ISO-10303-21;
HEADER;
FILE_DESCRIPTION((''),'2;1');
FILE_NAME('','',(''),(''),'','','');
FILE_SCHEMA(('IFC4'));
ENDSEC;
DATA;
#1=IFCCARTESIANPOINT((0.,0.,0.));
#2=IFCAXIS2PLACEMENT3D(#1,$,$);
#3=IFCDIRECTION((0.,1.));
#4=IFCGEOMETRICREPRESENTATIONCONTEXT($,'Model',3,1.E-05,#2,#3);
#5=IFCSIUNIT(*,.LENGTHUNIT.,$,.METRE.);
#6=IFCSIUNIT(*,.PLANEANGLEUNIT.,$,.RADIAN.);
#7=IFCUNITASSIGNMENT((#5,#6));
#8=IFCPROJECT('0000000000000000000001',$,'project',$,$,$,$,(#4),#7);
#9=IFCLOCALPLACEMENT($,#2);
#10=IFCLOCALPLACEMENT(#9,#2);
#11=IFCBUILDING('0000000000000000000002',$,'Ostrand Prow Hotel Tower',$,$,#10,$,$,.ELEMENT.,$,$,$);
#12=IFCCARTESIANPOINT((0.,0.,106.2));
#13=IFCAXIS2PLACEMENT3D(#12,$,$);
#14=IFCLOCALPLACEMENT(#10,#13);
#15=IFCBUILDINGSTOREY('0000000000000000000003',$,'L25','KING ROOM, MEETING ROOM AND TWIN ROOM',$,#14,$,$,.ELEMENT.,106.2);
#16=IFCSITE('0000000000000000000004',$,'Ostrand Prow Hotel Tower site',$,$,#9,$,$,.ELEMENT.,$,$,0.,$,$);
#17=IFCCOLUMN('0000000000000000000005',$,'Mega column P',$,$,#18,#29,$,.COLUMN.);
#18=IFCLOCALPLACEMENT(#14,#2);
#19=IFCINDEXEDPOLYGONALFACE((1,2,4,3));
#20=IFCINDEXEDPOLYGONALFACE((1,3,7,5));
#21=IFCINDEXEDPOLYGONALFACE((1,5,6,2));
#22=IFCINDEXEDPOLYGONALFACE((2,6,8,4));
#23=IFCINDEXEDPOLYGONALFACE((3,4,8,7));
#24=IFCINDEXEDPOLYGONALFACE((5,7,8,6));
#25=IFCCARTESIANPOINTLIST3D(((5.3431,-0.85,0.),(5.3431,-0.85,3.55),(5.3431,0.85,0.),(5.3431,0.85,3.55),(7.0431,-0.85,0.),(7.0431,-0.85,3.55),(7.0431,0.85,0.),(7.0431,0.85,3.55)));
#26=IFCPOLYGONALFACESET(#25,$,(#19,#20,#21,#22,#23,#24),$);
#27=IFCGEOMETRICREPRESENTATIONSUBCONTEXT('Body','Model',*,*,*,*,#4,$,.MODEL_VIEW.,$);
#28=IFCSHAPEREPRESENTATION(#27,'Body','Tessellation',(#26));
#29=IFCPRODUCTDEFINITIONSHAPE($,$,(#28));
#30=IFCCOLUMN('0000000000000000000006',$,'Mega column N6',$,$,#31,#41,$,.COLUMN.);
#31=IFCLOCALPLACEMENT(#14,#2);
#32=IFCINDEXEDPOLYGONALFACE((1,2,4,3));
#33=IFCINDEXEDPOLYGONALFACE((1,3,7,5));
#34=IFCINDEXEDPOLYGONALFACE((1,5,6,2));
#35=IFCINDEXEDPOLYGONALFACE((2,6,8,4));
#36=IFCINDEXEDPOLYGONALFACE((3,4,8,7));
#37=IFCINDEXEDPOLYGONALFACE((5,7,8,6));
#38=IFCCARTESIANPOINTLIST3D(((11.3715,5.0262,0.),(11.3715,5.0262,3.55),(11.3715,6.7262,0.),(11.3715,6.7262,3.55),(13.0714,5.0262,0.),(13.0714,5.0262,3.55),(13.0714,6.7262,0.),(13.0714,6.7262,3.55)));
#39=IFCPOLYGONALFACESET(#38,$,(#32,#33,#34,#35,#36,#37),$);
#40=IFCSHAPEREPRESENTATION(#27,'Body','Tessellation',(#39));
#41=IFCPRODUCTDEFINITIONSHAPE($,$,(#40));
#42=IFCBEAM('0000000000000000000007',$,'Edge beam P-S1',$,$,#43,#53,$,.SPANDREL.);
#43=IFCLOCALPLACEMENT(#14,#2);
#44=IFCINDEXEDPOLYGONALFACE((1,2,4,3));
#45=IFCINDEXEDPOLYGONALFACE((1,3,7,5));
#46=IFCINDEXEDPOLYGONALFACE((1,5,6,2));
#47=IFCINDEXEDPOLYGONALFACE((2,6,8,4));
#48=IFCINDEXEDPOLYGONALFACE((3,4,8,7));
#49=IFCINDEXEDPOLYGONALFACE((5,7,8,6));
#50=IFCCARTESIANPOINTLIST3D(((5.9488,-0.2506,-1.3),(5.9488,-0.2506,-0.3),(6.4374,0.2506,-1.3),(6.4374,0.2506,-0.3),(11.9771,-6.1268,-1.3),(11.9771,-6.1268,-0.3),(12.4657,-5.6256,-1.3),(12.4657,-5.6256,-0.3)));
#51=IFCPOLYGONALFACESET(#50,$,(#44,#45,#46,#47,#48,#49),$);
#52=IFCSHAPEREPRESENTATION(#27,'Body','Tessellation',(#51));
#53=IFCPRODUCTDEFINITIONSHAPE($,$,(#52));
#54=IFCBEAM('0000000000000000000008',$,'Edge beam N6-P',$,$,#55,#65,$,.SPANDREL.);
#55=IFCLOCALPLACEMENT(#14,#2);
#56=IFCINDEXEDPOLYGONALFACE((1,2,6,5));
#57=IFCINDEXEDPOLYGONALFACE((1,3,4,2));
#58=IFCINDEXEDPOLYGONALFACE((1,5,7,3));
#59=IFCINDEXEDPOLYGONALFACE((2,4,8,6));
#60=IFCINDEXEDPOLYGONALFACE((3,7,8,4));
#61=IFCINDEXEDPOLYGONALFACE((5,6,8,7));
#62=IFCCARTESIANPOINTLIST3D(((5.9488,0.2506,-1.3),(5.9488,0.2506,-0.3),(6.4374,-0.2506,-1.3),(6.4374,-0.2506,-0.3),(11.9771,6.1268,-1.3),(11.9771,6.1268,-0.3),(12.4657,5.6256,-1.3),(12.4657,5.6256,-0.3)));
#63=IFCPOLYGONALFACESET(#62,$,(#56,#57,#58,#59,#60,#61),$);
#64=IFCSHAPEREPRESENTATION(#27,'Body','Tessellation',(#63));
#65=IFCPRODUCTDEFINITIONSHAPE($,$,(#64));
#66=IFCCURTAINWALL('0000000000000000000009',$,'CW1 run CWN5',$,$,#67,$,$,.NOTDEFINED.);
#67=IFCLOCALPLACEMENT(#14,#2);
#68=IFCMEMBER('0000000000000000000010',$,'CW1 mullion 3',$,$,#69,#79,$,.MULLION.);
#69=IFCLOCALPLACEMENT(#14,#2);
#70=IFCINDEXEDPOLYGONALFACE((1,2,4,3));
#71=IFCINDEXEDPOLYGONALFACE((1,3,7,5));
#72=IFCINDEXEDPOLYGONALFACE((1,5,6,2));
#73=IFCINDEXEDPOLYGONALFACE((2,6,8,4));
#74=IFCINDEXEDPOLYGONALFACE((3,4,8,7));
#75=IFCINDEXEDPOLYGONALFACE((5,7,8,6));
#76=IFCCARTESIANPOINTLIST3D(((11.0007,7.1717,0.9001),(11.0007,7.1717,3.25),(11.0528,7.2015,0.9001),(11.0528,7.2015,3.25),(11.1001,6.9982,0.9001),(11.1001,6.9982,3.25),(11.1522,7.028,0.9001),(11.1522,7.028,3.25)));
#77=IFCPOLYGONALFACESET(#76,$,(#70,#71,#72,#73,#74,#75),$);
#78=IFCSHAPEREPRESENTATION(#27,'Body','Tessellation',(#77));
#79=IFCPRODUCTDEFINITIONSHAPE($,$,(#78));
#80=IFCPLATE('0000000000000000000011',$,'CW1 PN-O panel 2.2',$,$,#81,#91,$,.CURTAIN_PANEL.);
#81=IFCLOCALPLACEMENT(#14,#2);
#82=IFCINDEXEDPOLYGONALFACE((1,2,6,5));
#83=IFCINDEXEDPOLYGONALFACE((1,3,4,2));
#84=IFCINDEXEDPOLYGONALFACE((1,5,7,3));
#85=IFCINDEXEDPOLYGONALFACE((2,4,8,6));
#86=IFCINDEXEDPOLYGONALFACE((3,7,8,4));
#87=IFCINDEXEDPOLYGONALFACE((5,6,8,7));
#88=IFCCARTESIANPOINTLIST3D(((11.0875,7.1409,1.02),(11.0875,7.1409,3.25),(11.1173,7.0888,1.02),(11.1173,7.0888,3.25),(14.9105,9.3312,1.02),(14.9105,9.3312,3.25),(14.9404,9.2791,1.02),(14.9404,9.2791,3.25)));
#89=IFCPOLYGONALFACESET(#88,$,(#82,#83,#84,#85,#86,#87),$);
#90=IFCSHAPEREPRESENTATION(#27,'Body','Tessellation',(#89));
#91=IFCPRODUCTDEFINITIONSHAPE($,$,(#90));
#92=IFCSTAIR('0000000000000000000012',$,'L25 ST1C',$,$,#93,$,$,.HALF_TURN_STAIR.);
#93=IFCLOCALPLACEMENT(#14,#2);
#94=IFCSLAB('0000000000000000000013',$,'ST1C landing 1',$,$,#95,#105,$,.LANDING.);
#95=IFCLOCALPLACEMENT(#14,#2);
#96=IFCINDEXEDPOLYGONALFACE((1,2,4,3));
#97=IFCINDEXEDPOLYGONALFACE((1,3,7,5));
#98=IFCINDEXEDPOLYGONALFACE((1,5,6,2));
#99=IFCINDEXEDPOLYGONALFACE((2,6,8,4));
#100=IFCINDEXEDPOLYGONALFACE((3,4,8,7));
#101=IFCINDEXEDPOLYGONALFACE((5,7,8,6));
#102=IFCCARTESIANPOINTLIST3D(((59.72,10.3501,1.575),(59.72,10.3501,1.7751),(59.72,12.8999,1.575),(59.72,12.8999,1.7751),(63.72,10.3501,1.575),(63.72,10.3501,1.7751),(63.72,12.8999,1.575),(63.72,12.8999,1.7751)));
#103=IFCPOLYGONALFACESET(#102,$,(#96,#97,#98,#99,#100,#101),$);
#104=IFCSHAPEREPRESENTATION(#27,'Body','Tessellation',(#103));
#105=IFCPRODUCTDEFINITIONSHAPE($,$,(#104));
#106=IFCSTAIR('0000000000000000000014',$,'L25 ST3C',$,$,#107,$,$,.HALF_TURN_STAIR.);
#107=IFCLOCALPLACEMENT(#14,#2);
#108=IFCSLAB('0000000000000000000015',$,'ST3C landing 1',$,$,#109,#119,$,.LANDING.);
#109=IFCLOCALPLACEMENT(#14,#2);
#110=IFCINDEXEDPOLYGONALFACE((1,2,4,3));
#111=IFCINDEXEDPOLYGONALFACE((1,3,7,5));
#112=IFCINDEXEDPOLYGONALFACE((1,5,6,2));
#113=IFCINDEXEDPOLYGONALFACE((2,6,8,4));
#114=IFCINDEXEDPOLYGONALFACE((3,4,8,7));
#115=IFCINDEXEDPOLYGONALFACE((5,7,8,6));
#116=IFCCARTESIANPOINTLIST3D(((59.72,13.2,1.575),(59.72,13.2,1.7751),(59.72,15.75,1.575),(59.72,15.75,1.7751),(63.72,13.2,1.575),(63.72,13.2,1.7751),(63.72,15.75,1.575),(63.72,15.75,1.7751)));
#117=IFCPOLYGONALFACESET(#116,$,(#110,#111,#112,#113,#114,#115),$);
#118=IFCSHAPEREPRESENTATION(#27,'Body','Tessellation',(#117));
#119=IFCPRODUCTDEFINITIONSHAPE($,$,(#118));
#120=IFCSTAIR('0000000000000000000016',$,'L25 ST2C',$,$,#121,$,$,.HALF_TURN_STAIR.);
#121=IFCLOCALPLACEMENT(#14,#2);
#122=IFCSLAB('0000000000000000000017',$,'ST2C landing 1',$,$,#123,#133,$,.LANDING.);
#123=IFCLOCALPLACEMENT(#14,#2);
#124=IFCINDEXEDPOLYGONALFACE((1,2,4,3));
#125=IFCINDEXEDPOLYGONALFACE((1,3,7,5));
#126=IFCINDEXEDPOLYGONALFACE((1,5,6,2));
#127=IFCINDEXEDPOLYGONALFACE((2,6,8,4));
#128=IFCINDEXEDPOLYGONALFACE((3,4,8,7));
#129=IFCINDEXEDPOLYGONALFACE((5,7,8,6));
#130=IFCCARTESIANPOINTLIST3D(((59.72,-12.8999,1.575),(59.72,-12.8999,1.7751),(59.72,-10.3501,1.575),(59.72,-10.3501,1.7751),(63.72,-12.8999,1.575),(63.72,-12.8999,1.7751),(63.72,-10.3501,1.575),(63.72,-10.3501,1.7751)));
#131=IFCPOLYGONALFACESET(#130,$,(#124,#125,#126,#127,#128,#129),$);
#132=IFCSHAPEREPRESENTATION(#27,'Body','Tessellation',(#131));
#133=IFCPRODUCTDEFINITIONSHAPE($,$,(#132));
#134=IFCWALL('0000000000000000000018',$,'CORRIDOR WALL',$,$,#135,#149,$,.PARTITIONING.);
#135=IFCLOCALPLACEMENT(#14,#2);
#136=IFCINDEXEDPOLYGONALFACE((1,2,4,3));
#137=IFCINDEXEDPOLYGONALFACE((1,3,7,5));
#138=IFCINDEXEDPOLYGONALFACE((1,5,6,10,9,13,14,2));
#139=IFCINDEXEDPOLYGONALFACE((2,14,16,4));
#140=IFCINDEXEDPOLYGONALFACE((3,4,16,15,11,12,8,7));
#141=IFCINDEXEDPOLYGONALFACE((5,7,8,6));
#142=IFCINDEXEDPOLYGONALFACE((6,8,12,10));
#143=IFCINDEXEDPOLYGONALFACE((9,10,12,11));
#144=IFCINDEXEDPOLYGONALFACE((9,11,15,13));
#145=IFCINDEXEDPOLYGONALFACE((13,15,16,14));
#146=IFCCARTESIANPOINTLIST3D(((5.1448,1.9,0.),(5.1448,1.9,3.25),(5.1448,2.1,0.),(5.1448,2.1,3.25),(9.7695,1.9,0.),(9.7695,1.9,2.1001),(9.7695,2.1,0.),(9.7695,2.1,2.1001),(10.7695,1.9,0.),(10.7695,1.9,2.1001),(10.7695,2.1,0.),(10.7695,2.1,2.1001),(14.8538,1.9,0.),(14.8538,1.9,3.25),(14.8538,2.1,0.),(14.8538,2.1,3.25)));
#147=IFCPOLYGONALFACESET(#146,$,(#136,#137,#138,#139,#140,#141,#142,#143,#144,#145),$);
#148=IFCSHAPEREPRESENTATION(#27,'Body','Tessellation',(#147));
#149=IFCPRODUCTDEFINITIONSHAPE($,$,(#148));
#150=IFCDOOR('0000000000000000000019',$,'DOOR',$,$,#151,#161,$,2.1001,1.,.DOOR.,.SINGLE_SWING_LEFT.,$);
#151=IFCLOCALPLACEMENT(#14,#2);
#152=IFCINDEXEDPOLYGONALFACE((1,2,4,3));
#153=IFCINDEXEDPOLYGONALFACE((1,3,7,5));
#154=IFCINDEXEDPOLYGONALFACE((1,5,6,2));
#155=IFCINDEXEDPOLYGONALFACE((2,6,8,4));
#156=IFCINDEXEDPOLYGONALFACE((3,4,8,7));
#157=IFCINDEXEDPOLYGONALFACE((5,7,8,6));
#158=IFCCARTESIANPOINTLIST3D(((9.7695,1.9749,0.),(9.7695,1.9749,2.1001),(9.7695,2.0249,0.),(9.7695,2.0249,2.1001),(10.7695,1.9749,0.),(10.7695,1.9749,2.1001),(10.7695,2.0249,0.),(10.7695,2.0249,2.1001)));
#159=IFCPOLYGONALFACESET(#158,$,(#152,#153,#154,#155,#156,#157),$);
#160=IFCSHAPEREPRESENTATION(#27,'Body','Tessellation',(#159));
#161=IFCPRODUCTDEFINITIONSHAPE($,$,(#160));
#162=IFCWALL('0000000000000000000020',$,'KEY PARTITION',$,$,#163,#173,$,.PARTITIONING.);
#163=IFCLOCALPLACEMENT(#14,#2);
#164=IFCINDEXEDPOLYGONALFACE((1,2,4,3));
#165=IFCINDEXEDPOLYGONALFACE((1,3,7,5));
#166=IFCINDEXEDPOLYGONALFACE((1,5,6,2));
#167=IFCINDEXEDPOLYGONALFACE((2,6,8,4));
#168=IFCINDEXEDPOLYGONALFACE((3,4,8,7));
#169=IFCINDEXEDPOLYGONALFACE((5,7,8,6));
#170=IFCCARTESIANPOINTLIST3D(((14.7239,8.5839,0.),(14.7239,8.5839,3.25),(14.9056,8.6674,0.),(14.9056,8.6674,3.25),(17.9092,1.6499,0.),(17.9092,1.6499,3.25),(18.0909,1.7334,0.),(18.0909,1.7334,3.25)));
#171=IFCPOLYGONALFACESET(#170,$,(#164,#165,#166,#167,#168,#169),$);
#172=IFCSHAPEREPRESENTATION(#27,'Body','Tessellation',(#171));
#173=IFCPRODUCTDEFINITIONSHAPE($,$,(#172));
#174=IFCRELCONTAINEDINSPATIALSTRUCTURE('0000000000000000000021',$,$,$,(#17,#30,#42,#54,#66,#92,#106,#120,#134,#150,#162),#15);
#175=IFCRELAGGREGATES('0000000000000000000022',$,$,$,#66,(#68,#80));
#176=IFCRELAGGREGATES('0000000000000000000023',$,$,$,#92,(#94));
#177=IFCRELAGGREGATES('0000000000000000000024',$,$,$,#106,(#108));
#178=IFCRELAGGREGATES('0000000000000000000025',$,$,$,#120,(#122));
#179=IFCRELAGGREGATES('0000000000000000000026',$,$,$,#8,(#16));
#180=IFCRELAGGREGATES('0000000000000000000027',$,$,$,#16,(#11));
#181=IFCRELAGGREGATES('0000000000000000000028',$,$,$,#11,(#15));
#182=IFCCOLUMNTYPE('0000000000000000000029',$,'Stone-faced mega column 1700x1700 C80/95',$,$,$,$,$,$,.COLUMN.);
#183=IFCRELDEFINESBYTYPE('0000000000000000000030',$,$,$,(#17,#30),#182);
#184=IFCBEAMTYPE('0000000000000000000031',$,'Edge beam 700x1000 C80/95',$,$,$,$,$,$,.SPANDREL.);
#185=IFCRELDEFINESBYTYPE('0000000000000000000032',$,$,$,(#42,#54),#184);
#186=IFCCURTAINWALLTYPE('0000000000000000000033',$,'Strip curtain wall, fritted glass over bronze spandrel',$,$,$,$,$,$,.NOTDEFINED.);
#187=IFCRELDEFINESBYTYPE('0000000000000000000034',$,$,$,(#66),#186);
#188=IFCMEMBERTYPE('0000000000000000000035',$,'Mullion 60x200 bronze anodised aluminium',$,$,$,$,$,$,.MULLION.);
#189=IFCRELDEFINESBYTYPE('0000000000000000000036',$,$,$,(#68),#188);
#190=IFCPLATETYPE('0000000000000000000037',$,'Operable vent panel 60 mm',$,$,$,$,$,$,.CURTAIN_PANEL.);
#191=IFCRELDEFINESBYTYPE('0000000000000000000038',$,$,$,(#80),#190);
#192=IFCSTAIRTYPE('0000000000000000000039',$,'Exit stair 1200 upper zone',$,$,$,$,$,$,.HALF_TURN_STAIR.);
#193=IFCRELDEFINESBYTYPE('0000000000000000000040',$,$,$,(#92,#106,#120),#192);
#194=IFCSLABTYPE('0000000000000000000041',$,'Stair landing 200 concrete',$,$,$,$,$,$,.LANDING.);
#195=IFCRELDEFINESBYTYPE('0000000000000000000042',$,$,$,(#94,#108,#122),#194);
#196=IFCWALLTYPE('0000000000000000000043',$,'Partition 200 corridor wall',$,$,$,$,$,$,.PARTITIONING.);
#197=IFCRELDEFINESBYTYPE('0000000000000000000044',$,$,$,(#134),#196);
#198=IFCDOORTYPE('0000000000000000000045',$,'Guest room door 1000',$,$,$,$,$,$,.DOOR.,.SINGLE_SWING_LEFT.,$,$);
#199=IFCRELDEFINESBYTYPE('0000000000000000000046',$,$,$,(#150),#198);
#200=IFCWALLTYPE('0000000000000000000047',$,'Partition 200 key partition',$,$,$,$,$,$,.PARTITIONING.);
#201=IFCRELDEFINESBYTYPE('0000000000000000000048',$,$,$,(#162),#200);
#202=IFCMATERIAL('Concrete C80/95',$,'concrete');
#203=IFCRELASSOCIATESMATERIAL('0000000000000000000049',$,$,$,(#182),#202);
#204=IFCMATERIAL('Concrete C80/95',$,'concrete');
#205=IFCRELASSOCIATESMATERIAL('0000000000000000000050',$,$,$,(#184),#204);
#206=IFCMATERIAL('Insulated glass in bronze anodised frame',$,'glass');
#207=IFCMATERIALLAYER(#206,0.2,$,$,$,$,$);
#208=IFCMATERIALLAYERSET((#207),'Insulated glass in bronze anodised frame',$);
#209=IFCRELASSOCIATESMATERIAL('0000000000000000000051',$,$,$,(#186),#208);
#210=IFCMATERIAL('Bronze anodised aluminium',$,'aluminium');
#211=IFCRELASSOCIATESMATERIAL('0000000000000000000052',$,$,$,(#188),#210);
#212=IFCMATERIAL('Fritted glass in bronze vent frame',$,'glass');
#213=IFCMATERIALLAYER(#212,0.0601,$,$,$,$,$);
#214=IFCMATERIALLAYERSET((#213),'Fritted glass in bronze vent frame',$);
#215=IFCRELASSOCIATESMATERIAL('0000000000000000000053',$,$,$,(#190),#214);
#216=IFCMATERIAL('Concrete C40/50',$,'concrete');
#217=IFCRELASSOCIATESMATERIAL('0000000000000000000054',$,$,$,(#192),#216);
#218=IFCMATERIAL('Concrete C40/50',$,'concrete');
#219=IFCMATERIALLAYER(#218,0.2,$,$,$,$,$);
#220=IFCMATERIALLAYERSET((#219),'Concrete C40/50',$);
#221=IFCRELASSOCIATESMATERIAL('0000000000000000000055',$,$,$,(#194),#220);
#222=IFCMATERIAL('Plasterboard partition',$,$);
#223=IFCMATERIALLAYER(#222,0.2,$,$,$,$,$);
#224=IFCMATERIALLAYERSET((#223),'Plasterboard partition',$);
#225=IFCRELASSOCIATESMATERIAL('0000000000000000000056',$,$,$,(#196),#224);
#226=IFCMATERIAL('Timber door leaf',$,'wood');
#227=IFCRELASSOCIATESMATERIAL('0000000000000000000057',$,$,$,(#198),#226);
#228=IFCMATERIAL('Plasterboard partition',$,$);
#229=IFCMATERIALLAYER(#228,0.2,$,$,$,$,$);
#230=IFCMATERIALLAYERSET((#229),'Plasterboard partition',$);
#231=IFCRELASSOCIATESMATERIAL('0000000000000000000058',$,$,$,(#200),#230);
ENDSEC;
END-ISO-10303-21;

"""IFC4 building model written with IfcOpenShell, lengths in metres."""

from ifc_helpers import new_model, si_unit, direction, frame, frame_2d, origin, origin_2d, place, context, subcontext, project, spatial, polyline, rectangle, outline, extrude, material, layer, layer_set, material_profile, profile_set, type_object, element, fill, aggregate, save


model = new_model("IFC4")

# Units and contexts
model_context = context("Model", 3, precision=1e-05, world=origin(), true_north=direction((0.0, 1.0)))
body_context = subcontext(model_context, "Body", "Model", "MODEL_VIEW")
ifc_project = project(units=[si_unit("LENGTHUNIT", "METRE"), si_unit("PLANEANGLEUNIT", "RADIAN")], contexts=[model_context])

# Site, building, storey
site_placement = place(None, origin())
site = spatial("IfcSite", under=ifc_project, at=site_placement, Name="Ostrand Prow Hotel Tower site", CompositionType="ELEMENT", RefElevation=0.0)
building_placement = place(site_placement, origin())
building = spatial("IfcBuilding", under=site, at=building_placement, Name="Ostrand Prow Hotel Tower", CompositionType="ELEMENT")
storey_placement = place(building_placement, frame((0.0, 0.0, 106.2)))
storey = spatial("IfcBuildingStorey", under=building, at=storey_placement, Name="L25", Description="KING ROOM, MEETING ROOM AND TWIN ROOM", CompositionType="ELEMENT", Elevation=106.2)

# Columns
ifc_material_1 = material(Name="Concrete C80/95", Category="concrete")
ifc_material_profile_1 = material_profile(ifc_material_1, rectangle(XDim=1.7, YDim=1.7, at=origin_2d()), Name="RC 1700x1700")
ifc_profile_set_1 = profile_set([ifc_material_profile_1], Name="Concrete C80/95")
column_type = type_object("IfcColumnType", Name="Stone-faced mega column 1700x1700 C80/95", PredefinedType="COLUMN", material=ifc_profile_set_1)
for number, where, z_axis, x_axis, name in (
    (1, (6.1931, 0.0, 0.0), (0.0, 0.0, 1.0), (1.0, 0.0, 0.0), "Mega column P"),
    (2, (12.2214, 5.8762, 0.0), (0.0, 0.0, 1.0), (1.0, 0.0, 0.0), "Mega column N6"),
):
    element("IfcColumn", number, at=place(storey_placement, frame(where, z_axis=z_axis, x_axis=x_axis)), inside=storey, type_object=column_type, Name=name, PredefinedType="COLUMN", context=body_context, shape_type="SweptSolid", body=[
        extrude(rectangle(XDim=1.7, YDim=1.7, at=origin_2d()), origin(), (0.0, 0.0, 1.0), 3.55),
    ])

# Beams
ifc_material_2 = material(Name="Concrete C80/95", Category="concrete")
ifc_material_profile_2 = material_profile(ifc_material_2, rectangle(XDim=0.7, YDim=1.0, at=origin_2d()), Name="RC 700x1000")
ifc_profile_set_2 = profile_set([ifc_material_profile_2], Name="Concrete C80/95")
beam_type = type_object("IfcBeamType", Name="Edge beam 700x1000 C80/95", PredefinedType="SPANDREL", material=ifc_profile_set_2)
for number, where, z_axis, x_axis, name in (
    (3, (6.1931, 0.0, -0.8), (0.716083, -0.698015, 0.0), (0.698015, 0.716083, 0.0), "Edge beam P-S1"),
    (4, (12.2214, 5.8762, -0.8), (-0.716083, -0.698015, 0.0), (0.698015, -0.716083, 0.0), "Edge beam N6-P"),
):
    element("IfcBeam", number, at=place(storey_placement, frame(where, z_axis=z_axis, x_axis=x_axis)), inside=storey, type_object=beam_type, Name=name, PredefinedType="SPANDREL", context=body_context, shape_type="SweptSolid", body=[
        extrude(rectangle(XDim=0.7, YDim=1.0, at=origin_2d()), origin(), (0.0, 0.0, 1.0), 8.4185),
    ])

# Curtain wall, member, plate
ifc_material_3 = material(Name="Insulated glass in bronze anodised frame", Category="glass")
ifc_layer_1 = layer(ifc_material_3, 0.2)
ifc_layer_set_1 = layer_set([ifc_layer_1], Name="Insulated glass in bronze anodised frame")
curtain_wall_type = type_object("IfcCurtainWallType", Name="Strip curtain wall, fritted glass over bronze spandrel", PredefinedType="NOTDEFINED", material=ifc_layer_set_1)
curtain_wall_placement = place(storey_placement, origin())
curtain_wall = element("IfcCurtainWall", 5, at=curtain_wall_placement, inside=storey, type_object=curtain_wall_type, Name="CW1 run CWN5", PredefinedType="NOTDEFINED")
ifc_material_4 = material(Name="Bronze anodised aluminium", Category="aluminium")
ifc_material_profile_3 = material_profile(ifc_material_4, rectangle(XDim=0.2, YDim=0.0601, at=origin_2d()), Name="Mullion 60x200 bronze anodised aluminium")
ifc_profile_set_3 = profile_set([ifc_material_profile_3], Name="Bronze anodised aluminium")
member_type = type_object("IfcMemberType", Name="Mullion 60x200 bronze anodised aluminium", PredefinedType="MULLION", material=ifc_profile_set_3)
member_placement = place(storey_placement, frame((11.0764, 7.0999, 0.9001), z_axis=(0.0, 0.0, 1.0), x_axis=(0.497115, -0.867685, 0.0)))
member = element("IfcMember", 6, at=member_placement, type_object=member_type, Name="CW1 mullion 3", PredefinedType="MULLION", context=body_context, shape_type="SweptSolid", body=[
    extrude(rectangle(XDim=0.2, YDim=0.0601, at=origin_2d()), origin(), (0.0, 0.0, 1.0), 2.3499),
])
ifc_material_5 = material(Name="Fritted glass in bronze vent frame", Category="glass")
ifc_layer_2 = layer(ifc_material_5, 0.0601)
ifc_layer_set_2 = layer_set([ifc_layer_2], Name="Fritted glass in bronze vent frame")
plate_type = type_object("IfcPlateType", Name="Operable vent panel 60 mm", PredefinedType="CURTAIN_PANEL", material=ifc_layer_set_2)
plate_placement = place(storey_placement, frame((13.0139, 8.21, 1.02), z_axis=(0.0, 0.0, 1.0), x_axis=(-0.867685, -0.497115, 0.0)))
plate = element("IfcPlate", 7, at=plate_placement, type_object=plate_type, Name="CW1 PN-O panel 2.2", PredefinedType="CURTAIN_PANEL", context=body_context, shape_type="SweptSolid", body=[
    extrude(rectangle(XDim=4.406, YDim=0.0601, at=origin_2d()), origin(), (0.0, 0.0, 1.0), 2.23),
])
aggregate(curtain_wall, [member, plate])

# Stairs, slabs
ifc_material_6 = material(Name="Concrete C40/50", Category="concrete")
stair_type = type_object("IfcStairType", Name="Exit stair 1200 upper zone", PredefinedType="HALF_TURN_STAIR", material=ifc_material_6)
stair_1_placement = place(storey_placement, origin())
stair_1 = element("IfcStair", 8, at=stair_1_placement, inside=storey, type_object=stair_type, Name="L25 ST1C", PredefinedType="HALF_TURN_STAIR")
ifc_material_7 = material(Name="Concrete C40/50", Category="concrete")
ifc_layer_3 = layer(ifc_material_7, 0.2)
ifc_layer_set_3 = layer_set([ifc_layer_3], Name="Concrete C40/50")
slab_type = type_object("IfcSlabType", Name="Stair landing 200 concrete", PredefinedType="LANDING", material=ifc_layer_set_3)
slab_1_placement = place(storey_placement, frame((0.0, 0.0, 1.575)))
slab_1 = element("IfcSlab", 9, at=slab_1_placement, type_object=slab_type, Name="ST1C landing 1", PredefinedType="LANDING", context=body_context, shape_type="SweptSolid", body=[
    extrude(outline(polyline([(59.72, 10.3501), (63.72, 10.3501), (63.72, 12.8999), (59.72, 12.8999), (59.72, 10.3501)])), origin(), (0.0, 0.0, 1.0), 0.2002),
])
aggregate(stair_1, [slab_1])
stair_2_placement = place(storey_placement, origin())
stair_2 = element("IfcStair", 10, at=stair_2_placement, inside=storey, type_object=stair_type, Name="L25 ST3C", PredefinedType="HALF_TURN_STAIR")
slab_2_placement = place(storey_placement, frame((0.0, 0.0, 1.575)))
slab_2 = element("IfcSlab", 11, at=slab_2_placement, type_object=slab_type, Name="ST3C landing 1", PredefinedType="LANDING", context=body_context, shape_type="SweptSolid", body=[
    extrude(outline(polyline([(59.72, 13.2), (63.72, 13.2), (63.72, 15.75), (59.72, 15.75), (59.72, 13.2)])), origin(), (0.0, 0.0, 1.0), 0.2002),
])
aggregate(stair_2, [slab_2])
stair_3_placement = place(storey_placement, origin())
stair_3 = element("IfcStair", 12, at=stair_3_placement, inside=storey, type_object=stair_type, Name="L25 ST2C", PredefinedType="HALF_TURN_STAIR")
slab_3_placement = place(storey_placement, frame((0.0, 0.0, 1.575)))
slab_3 = element("IfcSlab", 13, at=slab_3_placement, type_object=slab_type, Name="ST2C landing 1", PredefinedType="LANDING", context=body_context, shape_type="SweptSolid", body=[
    extrude(outline(polyline([(59.72, -12.8999), (63.72, -12.8999), (63.72, -10.3501), (59.72, -10.3501), (59.72, -12.8999)])), origin(), (0.0, 0.0, 1.0), 0.2002),
])
aggregate(stair_3, [slab_3])

# Wall, opening, door
ifc_material_8 = material(Name="Plasterboard partition")
ifc_layer_4 = layer(ifc_material_8, 0.2)
ifc_layer_set_4 = layer_set([ifc_layer_4], Name="Plasterboard partition")
wall_type_1 = type_object("IfcWallType", Name="Partition 200 corridor wall", PredefinedType="PARTITIONING", material=ifc_layer_set_4)
wall_1_placement = place(storey_placement, frame((5.1448, 2.0, 0.0), z_axis=(0.0, 0.0, 1.0), x_axis=(1.0, 0.0, 0.0)))
wall_1 = element("IfcWall", 14, at=wall_1_placement, inside=storey, type_object=wall_type_1, Name="CORRIDOR WALL", PredefinedType="PARTITIONING", context=body_context, shape_type="SweptSolid", body=[
    extrude(rectangle(XDim=9.709, YDim=0.2, at=frame_2d((4.8545, 0.0))), origin(), (0.0, 0.0, 1.0), 3.25),
])
opening_1_placement = place(wall_1_placement, frame((4.6248, 0.0, 0.0)))
opening_1 = element("IfcOpeningElement", 15, at=opening_1_placement, cuts=wall_1, PredefinedType="OPENING", context=body_context, shape_type="SweptSolid", body=[
    extrude(rectangle(XDim=1.0, YDim=2.1001, at=frame_2d((0.5, 1.05))), frame((0.0, 0.1099, 0.0), z_axis=(0.0, -1.0, 0.0), x_axis=(1.0, 0.0, 0.0)), (0.0, 0.0, 1.0), 0.22),
])
ifc_material_9 = material(Name="Timber door leaf", Category="wood")
door_type = type_object("IfcDoorType", Name="Guest room door 1000", OperationType="SINGLE_SWING_LEFT", PredefinedType="DOOR", material=ifc_material_9)
door_placement = place(opening_1_placement, origin())
door = element("IfcDoor", 16, at=door_placement, inside=storey, type_object=door_type, Name="DOOR", OperationType="SINGLE_SWING_LEFT", OverallHeight=2.1001, OverallWidth=1.0, PredefinedType="DOOR", context=body_context, shape_type="SweptSolid", body=[
    extrude(rectangle(XDim=1.0, YDim=2.1001, at=frame_2d((0.5, 1.05))), frame((0.0, 0.0249, 0.0), z_axis=(0.0, -1.0, 0.0), x_axis=(1.0, 0.0, 0.0)), (0.0, 0.0, 1.0), 0.05),
])
fill(opening_1, door)

# Wall
ifc_material_10 = material(Name="Plasterboard partition")
ifc_layer_5 = layer(ifc_material_10, 0.2)
ifc_layer_set_5 = layer_set([ifc_layer_5], Name="Plasterboard partition")
wall_type_2 = type_object("IfcWallType", Name="Partition 200 key partition", PredefinedType="PARTITIONING", material=ifc_layer_set_5)
wall_2_placement = place(storey_placement, frame((14.8147, 8.6257, 0.0), z_axis=(0.0, 0.0, 1.0), x_axis=(0.417432, -0.908708, 0.0)))
element("IfcWall", 17, at=wall_2_placement, inside=storey, type_object=wall_type_2, Name="KEY PARTITION", PredefinedType="PARTITIONING", context=body_context, shape_type="SweptSolid", body=[
    extrude(rectangle(XDim=7.6306, YDim=0.2, at=frame_2d((3.8154, 0.0))), origin(), (0.0, 0.0, 1.0), 3.25),
])

save(model, "model.ifc")
